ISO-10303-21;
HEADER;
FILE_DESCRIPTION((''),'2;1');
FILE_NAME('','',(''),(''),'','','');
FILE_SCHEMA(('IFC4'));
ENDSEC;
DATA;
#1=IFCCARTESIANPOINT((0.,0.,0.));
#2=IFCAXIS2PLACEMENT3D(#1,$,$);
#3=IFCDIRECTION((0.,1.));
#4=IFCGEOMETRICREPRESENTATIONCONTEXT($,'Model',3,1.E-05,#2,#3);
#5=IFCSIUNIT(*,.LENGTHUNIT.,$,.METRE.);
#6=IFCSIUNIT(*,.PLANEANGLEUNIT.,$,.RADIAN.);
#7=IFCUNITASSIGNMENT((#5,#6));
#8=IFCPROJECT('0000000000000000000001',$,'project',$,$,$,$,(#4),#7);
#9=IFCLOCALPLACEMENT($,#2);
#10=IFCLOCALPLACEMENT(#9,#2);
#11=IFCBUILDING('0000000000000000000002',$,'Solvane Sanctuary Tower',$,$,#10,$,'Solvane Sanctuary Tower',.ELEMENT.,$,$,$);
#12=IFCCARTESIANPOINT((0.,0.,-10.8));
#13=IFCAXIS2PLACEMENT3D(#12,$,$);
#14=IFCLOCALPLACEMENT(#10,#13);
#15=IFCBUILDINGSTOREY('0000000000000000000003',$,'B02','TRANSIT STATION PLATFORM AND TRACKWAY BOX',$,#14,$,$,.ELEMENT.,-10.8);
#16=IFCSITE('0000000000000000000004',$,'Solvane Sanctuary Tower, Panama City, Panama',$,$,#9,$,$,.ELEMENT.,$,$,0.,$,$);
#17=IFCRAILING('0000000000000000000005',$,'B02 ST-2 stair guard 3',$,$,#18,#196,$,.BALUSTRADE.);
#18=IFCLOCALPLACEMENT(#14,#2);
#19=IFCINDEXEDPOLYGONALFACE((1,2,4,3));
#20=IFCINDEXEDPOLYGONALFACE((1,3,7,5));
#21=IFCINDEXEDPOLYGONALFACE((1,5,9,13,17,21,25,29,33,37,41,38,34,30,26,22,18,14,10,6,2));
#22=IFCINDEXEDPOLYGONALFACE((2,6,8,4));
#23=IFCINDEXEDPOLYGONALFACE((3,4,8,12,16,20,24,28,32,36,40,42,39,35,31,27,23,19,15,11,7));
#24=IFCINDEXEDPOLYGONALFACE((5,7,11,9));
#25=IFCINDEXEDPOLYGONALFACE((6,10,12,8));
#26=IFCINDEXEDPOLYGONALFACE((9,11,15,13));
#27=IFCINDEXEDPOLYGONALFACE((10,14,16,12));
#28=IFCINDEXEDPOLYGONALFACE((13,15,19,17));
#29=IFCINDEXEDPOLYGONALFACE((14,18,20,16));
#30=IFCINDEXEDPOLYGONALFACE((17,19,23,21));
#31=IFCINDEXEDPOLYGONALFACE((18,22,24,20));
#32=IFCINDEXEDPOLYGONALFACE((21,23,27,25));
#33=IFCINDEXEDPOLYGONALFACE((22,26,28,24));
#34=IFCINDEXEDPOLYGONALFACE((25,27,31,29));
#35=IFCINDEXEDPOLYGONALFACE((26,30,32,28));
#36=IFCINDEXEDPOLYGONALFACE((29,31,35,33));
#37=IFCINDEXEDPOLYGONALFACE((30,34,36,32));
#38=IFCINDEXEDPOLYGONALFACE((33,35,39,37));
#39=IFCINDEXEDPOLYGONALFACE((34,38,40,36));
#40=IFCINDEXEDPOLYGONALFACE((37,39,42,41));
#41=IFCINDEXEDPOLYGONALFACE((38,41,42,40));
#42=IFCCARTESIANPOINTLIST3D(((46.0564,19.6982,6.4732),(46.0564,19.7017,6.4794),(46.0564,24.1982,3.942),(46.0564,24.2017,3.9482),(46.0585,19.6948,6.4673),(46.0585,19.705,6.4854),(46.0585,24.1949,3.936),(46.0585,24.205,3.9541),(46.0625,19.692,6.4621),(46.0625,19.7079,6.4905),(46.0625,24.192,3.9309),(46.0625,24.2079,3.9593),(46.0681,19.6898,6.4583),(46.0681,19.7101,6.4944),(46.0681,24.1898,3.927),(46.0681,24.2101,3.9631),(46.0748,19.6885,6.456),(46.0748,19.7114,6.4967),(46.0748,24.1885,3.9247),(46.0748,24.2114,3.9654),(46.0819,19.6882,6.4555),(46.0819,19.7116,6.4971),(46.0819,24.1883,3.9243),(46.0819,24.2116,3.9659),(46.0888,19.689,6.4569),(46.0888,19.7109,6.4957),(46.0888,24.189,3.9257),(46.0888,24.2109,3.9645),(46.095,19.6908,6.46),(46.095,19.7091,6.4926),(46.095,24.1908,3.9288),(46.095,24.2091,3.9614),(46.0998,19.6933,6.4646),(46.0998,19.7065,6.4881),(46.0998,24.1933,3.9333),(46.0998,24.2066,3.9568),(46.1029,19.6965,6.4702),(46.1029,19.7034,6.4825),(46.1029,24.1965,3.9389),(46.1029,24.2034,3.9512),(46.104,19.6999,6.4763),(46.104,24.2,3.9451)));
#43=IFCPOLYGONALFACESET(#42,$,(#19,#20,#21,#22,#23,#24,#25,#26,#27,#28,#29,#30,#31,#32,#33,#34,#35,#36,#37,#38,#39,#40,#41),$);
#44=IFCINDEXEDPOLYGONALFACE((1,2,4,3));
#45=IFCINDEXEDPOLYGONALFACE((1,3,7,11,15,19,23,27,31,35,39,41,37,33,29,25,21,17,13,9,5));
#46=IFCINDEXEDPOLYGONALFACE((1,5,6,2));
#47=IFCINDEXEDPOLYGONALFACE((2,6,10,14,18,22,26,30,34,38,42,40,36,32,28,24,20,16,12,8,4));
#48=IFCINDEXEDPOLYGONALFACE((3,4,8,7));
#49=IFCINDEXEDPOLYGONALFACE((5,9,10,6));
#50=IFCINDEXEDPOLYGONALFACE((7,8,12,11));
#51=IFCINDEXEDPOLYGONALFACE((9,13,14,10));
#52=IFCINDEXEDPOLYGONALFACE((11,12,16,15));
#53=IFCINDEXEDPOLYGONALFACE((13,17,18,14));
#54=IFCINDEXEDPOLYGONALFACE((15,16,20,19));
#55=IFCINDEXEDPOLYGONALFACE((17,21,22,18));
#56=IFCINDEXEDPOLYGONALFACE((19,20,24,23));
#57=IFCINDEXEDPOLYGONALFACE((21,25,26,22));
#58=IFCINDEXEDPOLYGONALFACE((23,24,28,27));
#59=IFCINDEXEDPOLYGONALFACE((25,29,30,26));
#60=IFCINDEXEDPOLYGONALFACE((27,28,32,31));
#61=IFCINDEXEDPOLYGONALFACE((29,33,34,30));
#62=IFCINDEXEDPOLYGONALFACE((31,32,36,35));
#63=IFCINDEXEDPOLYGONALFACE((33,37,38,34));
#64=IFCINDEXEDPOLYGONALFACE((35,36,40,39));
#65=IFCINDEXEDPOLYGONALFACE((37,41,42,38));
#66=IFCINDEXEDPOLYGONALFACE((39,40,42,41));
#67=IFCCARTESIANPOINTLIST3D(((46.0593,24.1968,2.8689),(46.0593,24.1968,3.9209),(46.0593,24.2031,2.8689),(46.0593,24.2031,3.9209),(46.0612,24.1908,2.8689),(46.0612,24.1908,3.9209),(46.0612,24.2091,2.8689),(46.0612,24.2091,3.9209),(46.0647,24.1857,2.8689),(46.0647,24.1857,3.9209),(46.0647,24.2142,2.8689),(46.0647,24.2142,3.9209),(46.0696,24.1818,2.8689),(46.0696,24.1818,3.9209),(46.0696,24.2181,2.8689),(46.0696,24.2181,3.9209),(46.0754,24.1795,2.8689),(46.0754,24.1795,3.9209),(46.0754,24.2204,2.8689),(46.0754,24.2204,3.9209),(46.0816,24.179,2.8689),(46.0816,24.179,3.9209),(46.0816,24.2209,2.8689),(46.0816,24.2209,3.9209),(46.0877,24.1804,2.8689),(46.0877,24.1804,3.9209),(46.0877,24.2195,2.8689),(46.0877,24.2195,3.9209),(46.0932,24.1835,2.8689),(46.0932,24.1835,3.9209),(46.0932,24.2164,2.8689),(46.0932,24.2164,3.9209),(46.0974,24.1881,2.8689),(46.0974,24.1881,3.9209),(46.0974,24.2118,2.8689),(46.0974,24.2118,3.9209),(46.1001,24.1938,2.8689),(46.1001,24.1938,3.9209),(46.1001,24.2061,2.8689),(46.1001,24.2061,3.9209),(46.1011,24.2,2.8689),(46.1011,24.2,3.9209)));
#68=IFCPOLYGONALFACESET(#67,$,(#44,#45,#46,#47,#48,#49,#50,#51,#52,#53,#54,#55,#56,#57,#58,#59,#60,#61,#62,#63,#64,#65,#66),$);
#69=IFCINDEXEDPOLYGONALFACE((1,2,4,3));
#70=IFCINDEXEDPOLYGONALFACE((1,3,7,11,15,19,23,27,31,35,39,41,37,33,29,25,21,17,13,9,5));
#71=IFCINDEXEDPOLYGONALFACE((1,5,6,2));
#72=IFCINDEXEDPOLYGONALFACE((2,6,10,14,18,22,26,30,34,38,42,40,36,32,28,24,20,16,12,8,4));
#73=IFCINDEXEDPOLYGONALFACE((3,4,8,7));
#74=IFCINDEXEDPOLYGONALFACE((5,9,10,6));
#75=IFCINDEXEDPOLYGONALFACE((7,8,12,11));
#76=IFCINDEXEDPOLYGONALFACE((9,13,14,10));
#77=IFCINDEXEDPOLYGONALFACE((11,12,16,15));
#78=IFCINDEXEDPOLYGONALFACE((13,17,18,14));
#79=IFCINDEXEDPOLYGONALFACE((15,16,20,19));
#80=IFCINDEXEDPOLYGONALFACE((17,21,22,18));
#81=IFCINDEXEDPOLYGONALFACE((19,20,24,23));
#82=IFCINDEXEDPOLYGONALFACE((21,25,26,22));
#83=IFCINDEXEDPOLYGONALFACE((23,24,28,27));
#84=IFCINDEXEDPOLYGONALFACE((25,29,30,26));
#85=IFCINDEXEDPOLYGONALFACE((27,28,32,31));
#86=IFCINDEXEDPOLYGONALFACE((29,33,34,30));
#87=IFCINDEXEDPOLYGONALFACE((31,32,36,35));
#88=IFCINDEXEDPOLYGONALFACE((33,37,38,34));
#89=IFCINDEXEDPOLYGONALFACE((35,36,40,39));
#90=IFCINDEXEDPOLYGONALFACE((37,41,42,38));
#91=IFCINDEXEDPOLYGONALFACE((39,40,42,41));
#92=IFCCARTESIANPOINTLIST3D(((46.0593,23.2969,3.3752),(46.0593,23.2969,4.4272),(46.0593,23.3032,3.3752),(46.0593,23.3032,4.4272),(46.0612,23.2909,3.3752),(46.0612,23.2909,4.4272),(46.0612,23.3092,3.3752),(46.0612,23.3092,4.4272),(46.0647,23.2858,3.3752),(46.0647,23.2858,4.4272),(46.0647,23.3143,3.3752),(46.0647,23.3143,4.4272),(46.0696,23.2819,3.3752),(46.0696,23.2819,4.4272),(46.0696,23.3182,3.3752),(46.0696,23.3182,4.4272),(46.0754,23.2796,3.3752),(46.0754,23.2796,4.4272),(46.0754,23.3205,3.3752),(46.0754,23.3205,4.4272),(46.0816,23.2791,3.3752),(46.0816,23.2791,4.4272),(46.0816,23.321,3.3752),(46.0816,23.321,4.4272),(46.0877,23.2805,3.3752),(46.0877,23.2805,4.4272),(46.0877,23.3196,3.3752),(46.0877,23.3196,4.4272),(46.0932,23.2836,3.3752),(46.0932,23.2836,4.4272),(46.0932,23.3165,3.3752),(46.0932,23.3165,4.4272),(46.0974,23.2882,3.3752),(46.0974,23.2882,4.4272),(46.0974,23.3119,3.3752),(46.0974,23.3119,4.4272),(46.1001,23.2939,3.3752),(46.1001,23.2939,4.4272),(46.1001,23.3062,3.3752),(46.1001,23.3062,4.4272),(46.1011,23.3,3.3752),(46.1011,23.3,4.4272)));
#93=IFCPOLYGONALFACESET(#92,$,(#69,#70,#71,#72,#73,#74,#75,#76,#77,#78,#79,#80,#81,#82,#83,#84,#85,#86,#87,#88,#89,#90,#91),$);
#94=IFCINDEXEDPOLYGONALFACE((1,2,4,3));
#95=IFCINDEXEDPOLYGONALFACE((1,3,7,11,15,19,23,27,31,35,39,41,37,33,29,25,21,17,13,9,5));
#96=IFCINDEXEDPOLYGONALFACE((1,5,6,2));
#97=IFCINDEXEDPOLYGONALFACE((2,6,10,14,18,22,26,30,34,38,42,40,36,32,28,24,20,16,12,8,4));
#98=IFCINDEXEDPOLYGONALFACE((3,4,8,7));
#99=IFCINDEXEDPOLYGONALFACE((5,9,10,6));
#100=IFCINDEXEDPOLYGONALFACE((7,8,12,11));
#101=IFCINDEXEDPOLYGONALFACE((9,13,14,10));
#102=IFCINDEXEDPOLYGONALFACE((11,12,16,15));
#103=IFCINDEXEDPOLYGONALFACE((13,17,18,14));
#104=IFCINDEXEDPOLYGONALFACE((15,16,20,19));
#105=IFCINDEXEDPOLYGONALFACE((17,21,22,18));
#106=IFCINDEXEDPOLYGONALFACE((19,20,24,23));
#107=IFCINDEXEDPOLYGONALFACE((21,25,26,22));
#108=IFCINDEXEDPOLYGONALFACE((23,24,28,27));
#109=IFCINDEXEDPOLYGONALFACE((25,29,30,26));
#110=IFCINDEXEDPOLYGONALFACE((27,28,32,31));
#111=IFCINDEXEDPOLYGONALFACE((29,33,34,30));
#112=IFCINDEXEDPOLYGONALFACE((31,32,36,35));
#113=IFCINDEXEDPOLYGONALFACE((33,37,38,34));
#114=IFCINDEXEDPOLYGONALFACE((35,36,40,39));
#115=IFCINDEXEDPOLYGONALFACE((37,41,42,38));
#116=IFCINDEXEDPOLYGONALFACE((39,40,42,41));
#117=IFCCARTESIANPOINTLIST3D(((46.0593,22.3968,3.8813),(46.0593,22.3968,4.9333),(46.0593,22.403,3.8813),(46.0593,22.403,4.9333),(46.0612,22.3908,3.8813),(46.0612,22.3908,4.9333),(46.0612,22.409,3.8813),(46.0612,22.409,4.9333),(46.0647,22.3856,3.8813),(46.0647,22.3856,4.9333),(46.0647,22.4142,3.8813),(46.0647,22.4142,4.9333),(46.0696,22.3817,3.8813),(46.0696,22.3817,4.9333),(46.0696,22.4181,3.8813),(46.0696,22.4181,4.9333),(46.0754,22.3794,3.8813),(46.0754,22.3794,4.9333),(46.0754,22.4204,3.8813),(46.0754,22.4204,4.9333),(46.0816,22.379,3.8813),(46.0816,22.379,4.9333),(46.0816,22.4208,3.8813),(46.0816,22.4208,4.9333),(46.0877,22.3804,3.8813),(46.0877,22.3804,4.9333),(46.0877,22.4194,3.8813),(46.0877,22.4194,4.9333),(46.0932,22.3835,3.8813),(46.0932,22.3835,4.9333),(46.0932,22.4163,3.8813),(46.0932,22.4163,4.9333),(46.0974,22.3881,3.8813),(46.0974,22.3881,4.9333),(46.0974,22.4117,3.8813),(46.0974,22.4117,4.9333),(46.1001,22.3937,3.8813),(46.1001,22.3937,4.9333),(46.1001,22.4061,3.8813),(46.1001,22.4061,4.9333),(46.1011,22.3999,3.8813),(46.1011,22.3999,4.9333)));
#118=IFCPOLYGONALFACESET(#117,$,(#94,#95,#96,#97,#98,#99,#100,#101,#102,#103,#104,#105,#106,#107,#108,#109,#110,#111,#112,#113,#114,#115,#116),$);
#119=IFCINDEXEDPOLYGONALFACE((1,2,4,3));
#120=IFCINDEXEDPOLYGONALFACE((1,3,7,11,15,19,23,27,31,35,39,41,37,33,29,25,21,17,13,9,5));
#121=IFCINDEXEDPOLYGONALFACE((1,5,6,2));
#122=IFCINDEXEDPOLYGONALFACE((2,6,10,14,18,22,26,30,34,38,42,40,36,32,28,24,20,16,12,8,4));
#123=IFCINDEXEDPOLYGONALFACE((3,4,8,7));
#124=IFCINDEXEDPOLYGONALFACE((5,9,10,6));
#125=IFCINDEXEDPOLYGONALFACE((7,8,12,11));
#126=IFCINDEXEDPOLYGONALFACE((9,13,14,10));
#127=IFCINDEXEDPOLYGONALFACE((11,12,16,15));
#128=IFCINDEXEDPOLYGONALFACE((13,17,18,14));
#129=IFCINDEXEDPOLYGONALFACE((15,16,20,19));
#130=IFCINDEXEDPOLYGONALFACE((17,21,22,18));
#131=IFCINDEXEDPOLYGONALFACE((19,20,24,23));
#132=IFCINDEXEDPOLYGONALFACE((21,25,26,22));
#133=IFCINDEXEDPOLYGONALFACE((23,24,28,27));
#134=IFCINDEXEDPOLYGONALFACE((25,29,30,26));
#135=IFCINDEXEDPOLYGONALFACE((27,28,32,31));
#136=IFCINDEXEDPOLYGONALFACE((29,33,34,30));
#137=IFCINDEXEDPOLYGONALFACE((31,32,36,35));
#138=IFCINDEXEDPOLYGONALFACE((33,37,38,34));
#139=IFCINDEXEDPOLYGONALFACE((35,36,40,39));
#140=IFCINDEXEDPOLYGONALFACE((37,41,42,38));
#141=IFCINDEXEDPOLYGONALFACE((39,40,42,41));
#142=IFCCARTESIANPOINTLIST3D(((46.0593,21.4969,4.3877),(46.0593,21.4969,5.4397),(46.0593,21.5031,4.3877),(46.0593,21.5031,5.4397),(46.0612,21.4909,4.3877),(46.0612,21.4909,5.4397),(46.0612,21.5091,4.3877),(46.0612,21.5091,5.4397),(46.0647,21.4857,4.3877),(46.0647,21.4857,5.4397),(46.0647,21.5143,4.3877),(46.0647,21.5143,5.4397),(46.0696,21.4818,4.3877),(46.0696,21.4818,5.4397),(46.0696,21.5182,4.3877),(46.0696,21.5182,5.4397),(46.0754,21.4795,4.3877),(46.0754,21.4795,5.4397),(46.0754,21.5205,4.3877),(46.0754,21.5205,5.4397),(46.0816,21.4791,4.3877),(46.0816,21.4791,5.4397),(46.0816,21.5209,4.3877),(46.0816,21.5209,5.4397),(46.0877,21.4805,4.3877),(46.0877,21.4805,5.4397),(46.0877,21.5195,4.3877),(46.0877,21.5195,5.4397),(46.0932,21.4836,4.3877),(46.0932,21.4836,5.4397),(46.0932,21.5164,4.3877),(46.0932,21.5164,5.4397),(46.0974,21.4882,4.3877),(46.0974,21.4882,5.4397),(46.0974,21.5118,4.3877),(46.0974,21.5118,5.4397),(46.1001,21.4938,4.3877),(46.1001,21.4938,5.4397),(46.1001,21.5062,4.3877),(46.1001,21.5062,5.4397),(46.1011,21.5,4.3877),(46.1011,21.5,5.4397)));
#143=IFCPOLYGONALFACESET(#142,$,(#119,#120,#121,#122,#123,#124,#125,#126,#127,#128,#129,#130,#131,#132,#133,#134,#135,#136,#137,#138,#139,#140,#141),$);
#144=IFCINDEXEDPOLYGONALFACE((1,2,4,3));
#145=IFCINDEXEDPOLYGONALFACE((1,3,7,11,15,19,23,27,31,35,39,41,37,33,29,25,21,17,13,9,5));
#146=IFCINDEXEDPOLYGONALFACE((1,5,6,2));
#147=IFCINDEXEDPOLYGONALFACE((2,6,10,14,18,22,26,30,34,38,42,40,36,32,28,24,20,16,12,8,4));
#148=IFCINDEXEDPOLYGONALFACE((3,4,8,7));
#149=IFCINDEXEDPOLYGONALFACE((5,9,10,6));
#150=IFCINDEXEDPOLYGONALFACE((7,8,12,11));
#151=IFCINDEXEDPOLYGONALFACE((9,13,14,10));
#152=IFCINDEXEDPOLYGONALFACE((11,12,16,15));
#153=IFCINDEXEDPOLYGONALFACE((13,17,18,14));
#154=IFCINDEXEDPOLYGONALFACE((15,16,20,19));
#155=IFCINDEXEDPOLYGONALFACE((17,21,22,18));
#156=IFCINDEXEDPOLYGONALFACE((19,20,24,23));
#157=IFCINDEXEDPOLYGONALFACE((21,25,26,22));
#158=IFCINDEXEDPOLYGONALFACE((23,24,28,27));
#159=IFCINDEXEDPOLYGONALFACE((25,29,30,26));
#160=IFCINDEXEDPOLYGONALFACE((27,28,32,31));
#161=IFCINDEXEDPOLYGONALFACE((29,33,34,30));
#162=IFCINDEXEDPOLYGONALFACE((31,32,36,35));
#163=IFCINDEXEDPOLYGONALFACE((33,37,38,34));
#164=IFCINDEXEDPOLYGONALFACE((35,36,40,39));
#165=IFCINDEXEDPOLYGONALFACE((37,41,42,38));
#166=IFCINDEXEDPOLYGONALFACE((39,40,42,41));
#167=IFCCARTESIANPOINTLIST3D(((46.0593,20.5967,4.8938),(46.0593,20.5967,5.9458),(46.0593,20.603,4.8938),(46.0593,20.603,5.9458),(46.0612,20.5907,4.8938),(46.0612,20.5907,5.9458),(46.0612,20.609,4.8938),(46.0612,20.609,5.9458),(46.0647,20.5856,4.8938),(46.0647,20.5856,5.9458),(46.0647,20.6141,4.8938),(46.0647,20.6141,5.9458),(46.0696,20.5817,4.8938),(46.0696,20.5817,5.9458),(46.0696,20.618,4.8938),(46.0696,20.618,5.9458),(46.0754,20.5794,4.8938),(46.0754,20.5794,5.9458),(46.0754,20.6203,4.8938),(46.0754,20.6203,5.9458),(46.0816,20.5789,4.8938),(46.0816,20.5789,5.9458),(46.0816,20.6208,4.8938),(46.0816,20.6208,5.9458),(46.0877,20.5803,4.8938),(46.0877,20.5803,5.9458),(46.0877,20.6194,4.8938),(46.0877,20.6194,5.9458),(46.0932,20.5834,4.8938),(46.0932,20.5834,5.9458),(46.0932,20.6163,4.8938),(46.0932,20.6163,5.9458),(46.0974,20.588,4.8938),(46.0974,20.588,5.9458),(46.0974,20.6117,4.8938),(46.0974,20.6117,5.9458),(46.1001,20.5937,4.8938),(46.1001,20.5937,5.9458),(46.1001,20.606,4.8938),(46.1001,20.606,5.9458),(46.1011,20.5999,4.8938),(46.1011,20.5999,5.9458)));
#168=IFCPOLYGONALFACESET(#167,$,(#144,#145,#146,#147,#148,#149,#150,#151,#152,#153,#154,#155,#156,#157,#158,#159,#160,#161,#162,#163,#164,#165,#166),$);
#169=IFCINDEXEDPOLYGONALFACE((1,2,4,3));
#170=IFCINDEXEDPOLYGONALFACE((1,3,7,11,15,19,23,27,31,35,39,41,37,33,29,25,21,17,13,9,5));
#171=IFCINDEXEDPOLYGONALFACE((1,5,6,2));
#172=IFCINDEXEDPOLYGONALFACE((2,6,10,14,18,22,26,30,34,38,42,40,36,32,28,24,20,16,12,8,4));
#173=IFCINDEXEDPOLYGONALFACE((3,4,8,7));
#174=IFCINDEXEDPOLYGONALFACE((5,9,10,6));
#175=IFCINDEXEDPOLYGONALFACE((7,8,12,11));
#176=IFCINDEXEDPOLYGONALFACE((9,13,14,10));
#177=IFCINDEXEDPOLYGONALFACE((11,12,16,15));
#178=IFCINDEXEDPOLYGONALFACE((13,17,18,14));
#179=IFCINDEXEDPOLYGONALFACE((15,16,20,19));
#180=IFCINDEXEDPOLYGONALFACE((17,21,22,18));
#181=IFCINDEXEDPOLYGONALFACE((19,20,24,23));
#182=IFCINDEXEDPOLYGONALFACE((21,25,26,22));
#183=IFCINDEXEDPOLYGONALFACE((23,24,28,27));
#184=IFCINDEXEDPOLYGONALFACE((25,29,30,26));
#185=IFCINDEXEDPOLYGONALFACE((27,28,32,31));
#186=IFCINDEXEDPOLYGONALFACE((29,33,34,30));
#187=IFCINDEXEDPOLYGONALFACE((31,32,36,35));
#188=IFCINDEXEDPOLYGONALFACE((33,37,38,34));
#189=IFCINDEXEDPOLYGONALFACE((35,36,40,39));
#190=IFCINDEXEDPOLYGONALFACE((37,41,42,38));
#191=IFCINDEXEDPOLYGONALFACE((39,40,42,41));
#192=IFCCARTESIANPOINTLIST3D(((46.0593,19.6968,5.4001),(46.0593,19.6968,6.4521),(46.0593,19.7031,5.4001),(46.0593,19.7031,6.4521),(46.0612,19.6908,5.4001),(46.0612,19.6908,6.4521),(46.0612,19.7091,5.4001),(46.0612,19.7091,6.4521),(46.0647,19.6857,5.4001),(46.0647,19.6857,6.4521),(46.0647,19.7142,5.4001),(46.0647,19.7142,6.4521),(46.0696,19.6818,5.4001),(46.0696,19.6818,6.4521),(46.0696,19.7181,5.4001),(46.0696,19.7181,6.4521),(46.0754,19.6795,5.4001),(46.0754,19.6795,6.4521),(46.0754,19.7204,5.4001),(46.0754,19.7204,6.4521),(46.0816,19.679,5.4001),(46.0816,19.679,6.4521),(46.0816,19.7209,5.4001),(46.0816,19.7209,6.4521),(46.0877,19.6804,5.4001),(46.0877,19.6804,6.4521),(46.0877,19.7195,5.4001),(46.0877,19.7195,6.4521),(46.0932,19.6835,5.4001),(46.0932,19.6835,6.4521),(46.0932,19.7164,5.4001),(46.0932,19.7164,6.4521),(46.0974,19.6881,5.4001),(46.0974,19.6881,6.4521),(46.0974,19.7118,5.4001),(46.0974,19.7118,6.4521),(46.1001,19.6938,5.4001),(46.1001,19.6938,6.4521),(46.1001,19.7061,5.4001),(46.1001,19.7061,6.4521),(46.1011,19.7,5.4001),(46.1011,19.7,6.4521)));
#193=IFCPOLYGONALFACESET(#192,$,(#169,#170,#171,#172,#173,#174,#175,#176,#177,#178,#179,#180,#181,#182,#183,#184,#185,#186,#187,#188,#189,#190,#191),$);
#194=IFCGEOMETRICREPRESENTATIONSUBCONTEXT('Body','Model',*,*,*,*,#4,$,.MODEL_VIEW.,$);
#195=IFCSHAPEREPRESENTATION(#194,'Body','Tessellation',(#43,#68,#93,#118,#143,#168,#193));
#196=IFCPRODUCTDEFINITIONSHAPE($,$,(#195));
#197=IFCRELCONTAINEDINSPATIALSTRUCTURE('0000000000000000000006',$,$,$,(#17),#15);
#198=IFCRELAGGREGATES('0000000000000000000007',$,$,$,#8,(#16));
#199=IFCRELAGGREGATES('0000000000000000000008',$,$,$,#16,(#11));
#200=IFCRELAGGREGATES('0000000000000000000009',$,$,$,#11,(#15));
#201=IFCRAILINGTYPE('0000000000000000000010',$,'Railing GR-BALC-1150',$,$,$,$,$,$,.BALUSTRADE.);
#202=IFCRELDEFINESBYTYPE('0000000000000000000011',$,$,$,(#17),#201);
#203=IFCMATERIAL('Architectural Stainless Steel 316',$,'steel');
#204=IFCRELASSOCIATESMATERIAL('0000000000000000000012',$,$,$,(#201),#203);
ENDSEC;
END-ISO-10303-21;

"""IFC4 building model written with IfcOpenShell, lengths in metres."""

from ifc_helpers import new_model, si_unit, direction, frame, origin, origin_2d, place, context, subcontext, project, spatial, circle, extrude, material, type_object, element, save


model = new_model("IFC4")

# Units and contexts
model_context = context("Model", 3, precision=1e-05, world=origin(), true_north=direction((0.0, 1.0)))
body_context = subcontext(model_context, "Body", "Model", "MODEL_VIEW")
ifc_project = project(units=[si_unit("LENGTHUNIT", "METRE"), si_unit("PLANEANGLEUNIT", "RADIAN")], contexts=[model_context])

# Site, building, storey
site_placement = place(None, origin())
site = spatial("IfcSite", under=ifc_project, at=site_placement, Name="Solvane Sanctuary Tower, Panama City, Panama", CompositionType="ELEMENT", RefElevation=0.0)
building_placement = place(site_placement, origin())
building = spatial("IfcBuilding", under=site, at=building_placement, Name="Solvane Sanctuary Tower", LongName="Solvane Sanctuary Tower", CompositionType="ELEMENT")
storey_placement = place(building_placement, frame((0.0, 0.0, -10.8)))
storey = spatial("IfcBuildingStorey", under=building, at=storey_placement, Name="B02", Description="TRANSIT STATION PLATFORM AND TRACKWAY BOX", CompositionType="ELEMENT", Elevation=-10.8)

# Railing
ifc_material_1 = material(Name="Architectural Stainless Steel 316", Category="steel")
railing_type_1 = type_object("IfcRailingType", Name="Railing GR-BALC-1150", PredefinedType="BALUSTRADE", material=ifc_material_1)
railing_1_placement = place(storey_placement, frame((46.0801, 24.2, 2.8689)))
element("IfcRailing", 1, at=railing_1_placement, inside=storey, type_object=railing_type_1, Name="B02 ST-2 stair guard 3", PredefinedType="BALUSTRADE", context=body_context, shape_type="SweptSolid", body=[
    extrude(circle(Radius=0.0239, at=origin_2d()), frame((0.0, 0.0, 1.0762), z_axis=(0.0, -0.871576, 0.490261), x_axis=(1.0, 0.0, 0.0)), (0.0, 0.0, 1.0), 5.1631),
    extrude(circle(Radius=0.021, at=origin_2d()), origin(), (0.0, 0.0, 1.0), 1.052),
    extrude(circle(Radius=0.021, at=origin_2d()), frame((0.0, -0.8999, 0.5063)), (0.0, 0.0, 1.0), 1.052),
    extrude(circle(Radius=0.021, at=origin_2d()), frame((0.0, -1.8, 1.0125)), (0.0, 0.0, 1.0), 1.052),
    extrude(circle(Radius=0.021, at=origin_2d()), frame((0.0, -2.7, 1.5188)), (0.0, 0.0, 1.0), 1.052),
    extrude(circle(Radius=0.021, at=origin_2d()), frame((0.0, -3.6001, 2.0249)), (0.0, 0.0, 1.0), 1.052),
    extrude(circle(Radius=0.021, at=origin_2d()), frame((0.0, -4.5, 2.5312)), (0.0, 0.0, 1.0), 1.052),
])

save(model, "model.ifc")
